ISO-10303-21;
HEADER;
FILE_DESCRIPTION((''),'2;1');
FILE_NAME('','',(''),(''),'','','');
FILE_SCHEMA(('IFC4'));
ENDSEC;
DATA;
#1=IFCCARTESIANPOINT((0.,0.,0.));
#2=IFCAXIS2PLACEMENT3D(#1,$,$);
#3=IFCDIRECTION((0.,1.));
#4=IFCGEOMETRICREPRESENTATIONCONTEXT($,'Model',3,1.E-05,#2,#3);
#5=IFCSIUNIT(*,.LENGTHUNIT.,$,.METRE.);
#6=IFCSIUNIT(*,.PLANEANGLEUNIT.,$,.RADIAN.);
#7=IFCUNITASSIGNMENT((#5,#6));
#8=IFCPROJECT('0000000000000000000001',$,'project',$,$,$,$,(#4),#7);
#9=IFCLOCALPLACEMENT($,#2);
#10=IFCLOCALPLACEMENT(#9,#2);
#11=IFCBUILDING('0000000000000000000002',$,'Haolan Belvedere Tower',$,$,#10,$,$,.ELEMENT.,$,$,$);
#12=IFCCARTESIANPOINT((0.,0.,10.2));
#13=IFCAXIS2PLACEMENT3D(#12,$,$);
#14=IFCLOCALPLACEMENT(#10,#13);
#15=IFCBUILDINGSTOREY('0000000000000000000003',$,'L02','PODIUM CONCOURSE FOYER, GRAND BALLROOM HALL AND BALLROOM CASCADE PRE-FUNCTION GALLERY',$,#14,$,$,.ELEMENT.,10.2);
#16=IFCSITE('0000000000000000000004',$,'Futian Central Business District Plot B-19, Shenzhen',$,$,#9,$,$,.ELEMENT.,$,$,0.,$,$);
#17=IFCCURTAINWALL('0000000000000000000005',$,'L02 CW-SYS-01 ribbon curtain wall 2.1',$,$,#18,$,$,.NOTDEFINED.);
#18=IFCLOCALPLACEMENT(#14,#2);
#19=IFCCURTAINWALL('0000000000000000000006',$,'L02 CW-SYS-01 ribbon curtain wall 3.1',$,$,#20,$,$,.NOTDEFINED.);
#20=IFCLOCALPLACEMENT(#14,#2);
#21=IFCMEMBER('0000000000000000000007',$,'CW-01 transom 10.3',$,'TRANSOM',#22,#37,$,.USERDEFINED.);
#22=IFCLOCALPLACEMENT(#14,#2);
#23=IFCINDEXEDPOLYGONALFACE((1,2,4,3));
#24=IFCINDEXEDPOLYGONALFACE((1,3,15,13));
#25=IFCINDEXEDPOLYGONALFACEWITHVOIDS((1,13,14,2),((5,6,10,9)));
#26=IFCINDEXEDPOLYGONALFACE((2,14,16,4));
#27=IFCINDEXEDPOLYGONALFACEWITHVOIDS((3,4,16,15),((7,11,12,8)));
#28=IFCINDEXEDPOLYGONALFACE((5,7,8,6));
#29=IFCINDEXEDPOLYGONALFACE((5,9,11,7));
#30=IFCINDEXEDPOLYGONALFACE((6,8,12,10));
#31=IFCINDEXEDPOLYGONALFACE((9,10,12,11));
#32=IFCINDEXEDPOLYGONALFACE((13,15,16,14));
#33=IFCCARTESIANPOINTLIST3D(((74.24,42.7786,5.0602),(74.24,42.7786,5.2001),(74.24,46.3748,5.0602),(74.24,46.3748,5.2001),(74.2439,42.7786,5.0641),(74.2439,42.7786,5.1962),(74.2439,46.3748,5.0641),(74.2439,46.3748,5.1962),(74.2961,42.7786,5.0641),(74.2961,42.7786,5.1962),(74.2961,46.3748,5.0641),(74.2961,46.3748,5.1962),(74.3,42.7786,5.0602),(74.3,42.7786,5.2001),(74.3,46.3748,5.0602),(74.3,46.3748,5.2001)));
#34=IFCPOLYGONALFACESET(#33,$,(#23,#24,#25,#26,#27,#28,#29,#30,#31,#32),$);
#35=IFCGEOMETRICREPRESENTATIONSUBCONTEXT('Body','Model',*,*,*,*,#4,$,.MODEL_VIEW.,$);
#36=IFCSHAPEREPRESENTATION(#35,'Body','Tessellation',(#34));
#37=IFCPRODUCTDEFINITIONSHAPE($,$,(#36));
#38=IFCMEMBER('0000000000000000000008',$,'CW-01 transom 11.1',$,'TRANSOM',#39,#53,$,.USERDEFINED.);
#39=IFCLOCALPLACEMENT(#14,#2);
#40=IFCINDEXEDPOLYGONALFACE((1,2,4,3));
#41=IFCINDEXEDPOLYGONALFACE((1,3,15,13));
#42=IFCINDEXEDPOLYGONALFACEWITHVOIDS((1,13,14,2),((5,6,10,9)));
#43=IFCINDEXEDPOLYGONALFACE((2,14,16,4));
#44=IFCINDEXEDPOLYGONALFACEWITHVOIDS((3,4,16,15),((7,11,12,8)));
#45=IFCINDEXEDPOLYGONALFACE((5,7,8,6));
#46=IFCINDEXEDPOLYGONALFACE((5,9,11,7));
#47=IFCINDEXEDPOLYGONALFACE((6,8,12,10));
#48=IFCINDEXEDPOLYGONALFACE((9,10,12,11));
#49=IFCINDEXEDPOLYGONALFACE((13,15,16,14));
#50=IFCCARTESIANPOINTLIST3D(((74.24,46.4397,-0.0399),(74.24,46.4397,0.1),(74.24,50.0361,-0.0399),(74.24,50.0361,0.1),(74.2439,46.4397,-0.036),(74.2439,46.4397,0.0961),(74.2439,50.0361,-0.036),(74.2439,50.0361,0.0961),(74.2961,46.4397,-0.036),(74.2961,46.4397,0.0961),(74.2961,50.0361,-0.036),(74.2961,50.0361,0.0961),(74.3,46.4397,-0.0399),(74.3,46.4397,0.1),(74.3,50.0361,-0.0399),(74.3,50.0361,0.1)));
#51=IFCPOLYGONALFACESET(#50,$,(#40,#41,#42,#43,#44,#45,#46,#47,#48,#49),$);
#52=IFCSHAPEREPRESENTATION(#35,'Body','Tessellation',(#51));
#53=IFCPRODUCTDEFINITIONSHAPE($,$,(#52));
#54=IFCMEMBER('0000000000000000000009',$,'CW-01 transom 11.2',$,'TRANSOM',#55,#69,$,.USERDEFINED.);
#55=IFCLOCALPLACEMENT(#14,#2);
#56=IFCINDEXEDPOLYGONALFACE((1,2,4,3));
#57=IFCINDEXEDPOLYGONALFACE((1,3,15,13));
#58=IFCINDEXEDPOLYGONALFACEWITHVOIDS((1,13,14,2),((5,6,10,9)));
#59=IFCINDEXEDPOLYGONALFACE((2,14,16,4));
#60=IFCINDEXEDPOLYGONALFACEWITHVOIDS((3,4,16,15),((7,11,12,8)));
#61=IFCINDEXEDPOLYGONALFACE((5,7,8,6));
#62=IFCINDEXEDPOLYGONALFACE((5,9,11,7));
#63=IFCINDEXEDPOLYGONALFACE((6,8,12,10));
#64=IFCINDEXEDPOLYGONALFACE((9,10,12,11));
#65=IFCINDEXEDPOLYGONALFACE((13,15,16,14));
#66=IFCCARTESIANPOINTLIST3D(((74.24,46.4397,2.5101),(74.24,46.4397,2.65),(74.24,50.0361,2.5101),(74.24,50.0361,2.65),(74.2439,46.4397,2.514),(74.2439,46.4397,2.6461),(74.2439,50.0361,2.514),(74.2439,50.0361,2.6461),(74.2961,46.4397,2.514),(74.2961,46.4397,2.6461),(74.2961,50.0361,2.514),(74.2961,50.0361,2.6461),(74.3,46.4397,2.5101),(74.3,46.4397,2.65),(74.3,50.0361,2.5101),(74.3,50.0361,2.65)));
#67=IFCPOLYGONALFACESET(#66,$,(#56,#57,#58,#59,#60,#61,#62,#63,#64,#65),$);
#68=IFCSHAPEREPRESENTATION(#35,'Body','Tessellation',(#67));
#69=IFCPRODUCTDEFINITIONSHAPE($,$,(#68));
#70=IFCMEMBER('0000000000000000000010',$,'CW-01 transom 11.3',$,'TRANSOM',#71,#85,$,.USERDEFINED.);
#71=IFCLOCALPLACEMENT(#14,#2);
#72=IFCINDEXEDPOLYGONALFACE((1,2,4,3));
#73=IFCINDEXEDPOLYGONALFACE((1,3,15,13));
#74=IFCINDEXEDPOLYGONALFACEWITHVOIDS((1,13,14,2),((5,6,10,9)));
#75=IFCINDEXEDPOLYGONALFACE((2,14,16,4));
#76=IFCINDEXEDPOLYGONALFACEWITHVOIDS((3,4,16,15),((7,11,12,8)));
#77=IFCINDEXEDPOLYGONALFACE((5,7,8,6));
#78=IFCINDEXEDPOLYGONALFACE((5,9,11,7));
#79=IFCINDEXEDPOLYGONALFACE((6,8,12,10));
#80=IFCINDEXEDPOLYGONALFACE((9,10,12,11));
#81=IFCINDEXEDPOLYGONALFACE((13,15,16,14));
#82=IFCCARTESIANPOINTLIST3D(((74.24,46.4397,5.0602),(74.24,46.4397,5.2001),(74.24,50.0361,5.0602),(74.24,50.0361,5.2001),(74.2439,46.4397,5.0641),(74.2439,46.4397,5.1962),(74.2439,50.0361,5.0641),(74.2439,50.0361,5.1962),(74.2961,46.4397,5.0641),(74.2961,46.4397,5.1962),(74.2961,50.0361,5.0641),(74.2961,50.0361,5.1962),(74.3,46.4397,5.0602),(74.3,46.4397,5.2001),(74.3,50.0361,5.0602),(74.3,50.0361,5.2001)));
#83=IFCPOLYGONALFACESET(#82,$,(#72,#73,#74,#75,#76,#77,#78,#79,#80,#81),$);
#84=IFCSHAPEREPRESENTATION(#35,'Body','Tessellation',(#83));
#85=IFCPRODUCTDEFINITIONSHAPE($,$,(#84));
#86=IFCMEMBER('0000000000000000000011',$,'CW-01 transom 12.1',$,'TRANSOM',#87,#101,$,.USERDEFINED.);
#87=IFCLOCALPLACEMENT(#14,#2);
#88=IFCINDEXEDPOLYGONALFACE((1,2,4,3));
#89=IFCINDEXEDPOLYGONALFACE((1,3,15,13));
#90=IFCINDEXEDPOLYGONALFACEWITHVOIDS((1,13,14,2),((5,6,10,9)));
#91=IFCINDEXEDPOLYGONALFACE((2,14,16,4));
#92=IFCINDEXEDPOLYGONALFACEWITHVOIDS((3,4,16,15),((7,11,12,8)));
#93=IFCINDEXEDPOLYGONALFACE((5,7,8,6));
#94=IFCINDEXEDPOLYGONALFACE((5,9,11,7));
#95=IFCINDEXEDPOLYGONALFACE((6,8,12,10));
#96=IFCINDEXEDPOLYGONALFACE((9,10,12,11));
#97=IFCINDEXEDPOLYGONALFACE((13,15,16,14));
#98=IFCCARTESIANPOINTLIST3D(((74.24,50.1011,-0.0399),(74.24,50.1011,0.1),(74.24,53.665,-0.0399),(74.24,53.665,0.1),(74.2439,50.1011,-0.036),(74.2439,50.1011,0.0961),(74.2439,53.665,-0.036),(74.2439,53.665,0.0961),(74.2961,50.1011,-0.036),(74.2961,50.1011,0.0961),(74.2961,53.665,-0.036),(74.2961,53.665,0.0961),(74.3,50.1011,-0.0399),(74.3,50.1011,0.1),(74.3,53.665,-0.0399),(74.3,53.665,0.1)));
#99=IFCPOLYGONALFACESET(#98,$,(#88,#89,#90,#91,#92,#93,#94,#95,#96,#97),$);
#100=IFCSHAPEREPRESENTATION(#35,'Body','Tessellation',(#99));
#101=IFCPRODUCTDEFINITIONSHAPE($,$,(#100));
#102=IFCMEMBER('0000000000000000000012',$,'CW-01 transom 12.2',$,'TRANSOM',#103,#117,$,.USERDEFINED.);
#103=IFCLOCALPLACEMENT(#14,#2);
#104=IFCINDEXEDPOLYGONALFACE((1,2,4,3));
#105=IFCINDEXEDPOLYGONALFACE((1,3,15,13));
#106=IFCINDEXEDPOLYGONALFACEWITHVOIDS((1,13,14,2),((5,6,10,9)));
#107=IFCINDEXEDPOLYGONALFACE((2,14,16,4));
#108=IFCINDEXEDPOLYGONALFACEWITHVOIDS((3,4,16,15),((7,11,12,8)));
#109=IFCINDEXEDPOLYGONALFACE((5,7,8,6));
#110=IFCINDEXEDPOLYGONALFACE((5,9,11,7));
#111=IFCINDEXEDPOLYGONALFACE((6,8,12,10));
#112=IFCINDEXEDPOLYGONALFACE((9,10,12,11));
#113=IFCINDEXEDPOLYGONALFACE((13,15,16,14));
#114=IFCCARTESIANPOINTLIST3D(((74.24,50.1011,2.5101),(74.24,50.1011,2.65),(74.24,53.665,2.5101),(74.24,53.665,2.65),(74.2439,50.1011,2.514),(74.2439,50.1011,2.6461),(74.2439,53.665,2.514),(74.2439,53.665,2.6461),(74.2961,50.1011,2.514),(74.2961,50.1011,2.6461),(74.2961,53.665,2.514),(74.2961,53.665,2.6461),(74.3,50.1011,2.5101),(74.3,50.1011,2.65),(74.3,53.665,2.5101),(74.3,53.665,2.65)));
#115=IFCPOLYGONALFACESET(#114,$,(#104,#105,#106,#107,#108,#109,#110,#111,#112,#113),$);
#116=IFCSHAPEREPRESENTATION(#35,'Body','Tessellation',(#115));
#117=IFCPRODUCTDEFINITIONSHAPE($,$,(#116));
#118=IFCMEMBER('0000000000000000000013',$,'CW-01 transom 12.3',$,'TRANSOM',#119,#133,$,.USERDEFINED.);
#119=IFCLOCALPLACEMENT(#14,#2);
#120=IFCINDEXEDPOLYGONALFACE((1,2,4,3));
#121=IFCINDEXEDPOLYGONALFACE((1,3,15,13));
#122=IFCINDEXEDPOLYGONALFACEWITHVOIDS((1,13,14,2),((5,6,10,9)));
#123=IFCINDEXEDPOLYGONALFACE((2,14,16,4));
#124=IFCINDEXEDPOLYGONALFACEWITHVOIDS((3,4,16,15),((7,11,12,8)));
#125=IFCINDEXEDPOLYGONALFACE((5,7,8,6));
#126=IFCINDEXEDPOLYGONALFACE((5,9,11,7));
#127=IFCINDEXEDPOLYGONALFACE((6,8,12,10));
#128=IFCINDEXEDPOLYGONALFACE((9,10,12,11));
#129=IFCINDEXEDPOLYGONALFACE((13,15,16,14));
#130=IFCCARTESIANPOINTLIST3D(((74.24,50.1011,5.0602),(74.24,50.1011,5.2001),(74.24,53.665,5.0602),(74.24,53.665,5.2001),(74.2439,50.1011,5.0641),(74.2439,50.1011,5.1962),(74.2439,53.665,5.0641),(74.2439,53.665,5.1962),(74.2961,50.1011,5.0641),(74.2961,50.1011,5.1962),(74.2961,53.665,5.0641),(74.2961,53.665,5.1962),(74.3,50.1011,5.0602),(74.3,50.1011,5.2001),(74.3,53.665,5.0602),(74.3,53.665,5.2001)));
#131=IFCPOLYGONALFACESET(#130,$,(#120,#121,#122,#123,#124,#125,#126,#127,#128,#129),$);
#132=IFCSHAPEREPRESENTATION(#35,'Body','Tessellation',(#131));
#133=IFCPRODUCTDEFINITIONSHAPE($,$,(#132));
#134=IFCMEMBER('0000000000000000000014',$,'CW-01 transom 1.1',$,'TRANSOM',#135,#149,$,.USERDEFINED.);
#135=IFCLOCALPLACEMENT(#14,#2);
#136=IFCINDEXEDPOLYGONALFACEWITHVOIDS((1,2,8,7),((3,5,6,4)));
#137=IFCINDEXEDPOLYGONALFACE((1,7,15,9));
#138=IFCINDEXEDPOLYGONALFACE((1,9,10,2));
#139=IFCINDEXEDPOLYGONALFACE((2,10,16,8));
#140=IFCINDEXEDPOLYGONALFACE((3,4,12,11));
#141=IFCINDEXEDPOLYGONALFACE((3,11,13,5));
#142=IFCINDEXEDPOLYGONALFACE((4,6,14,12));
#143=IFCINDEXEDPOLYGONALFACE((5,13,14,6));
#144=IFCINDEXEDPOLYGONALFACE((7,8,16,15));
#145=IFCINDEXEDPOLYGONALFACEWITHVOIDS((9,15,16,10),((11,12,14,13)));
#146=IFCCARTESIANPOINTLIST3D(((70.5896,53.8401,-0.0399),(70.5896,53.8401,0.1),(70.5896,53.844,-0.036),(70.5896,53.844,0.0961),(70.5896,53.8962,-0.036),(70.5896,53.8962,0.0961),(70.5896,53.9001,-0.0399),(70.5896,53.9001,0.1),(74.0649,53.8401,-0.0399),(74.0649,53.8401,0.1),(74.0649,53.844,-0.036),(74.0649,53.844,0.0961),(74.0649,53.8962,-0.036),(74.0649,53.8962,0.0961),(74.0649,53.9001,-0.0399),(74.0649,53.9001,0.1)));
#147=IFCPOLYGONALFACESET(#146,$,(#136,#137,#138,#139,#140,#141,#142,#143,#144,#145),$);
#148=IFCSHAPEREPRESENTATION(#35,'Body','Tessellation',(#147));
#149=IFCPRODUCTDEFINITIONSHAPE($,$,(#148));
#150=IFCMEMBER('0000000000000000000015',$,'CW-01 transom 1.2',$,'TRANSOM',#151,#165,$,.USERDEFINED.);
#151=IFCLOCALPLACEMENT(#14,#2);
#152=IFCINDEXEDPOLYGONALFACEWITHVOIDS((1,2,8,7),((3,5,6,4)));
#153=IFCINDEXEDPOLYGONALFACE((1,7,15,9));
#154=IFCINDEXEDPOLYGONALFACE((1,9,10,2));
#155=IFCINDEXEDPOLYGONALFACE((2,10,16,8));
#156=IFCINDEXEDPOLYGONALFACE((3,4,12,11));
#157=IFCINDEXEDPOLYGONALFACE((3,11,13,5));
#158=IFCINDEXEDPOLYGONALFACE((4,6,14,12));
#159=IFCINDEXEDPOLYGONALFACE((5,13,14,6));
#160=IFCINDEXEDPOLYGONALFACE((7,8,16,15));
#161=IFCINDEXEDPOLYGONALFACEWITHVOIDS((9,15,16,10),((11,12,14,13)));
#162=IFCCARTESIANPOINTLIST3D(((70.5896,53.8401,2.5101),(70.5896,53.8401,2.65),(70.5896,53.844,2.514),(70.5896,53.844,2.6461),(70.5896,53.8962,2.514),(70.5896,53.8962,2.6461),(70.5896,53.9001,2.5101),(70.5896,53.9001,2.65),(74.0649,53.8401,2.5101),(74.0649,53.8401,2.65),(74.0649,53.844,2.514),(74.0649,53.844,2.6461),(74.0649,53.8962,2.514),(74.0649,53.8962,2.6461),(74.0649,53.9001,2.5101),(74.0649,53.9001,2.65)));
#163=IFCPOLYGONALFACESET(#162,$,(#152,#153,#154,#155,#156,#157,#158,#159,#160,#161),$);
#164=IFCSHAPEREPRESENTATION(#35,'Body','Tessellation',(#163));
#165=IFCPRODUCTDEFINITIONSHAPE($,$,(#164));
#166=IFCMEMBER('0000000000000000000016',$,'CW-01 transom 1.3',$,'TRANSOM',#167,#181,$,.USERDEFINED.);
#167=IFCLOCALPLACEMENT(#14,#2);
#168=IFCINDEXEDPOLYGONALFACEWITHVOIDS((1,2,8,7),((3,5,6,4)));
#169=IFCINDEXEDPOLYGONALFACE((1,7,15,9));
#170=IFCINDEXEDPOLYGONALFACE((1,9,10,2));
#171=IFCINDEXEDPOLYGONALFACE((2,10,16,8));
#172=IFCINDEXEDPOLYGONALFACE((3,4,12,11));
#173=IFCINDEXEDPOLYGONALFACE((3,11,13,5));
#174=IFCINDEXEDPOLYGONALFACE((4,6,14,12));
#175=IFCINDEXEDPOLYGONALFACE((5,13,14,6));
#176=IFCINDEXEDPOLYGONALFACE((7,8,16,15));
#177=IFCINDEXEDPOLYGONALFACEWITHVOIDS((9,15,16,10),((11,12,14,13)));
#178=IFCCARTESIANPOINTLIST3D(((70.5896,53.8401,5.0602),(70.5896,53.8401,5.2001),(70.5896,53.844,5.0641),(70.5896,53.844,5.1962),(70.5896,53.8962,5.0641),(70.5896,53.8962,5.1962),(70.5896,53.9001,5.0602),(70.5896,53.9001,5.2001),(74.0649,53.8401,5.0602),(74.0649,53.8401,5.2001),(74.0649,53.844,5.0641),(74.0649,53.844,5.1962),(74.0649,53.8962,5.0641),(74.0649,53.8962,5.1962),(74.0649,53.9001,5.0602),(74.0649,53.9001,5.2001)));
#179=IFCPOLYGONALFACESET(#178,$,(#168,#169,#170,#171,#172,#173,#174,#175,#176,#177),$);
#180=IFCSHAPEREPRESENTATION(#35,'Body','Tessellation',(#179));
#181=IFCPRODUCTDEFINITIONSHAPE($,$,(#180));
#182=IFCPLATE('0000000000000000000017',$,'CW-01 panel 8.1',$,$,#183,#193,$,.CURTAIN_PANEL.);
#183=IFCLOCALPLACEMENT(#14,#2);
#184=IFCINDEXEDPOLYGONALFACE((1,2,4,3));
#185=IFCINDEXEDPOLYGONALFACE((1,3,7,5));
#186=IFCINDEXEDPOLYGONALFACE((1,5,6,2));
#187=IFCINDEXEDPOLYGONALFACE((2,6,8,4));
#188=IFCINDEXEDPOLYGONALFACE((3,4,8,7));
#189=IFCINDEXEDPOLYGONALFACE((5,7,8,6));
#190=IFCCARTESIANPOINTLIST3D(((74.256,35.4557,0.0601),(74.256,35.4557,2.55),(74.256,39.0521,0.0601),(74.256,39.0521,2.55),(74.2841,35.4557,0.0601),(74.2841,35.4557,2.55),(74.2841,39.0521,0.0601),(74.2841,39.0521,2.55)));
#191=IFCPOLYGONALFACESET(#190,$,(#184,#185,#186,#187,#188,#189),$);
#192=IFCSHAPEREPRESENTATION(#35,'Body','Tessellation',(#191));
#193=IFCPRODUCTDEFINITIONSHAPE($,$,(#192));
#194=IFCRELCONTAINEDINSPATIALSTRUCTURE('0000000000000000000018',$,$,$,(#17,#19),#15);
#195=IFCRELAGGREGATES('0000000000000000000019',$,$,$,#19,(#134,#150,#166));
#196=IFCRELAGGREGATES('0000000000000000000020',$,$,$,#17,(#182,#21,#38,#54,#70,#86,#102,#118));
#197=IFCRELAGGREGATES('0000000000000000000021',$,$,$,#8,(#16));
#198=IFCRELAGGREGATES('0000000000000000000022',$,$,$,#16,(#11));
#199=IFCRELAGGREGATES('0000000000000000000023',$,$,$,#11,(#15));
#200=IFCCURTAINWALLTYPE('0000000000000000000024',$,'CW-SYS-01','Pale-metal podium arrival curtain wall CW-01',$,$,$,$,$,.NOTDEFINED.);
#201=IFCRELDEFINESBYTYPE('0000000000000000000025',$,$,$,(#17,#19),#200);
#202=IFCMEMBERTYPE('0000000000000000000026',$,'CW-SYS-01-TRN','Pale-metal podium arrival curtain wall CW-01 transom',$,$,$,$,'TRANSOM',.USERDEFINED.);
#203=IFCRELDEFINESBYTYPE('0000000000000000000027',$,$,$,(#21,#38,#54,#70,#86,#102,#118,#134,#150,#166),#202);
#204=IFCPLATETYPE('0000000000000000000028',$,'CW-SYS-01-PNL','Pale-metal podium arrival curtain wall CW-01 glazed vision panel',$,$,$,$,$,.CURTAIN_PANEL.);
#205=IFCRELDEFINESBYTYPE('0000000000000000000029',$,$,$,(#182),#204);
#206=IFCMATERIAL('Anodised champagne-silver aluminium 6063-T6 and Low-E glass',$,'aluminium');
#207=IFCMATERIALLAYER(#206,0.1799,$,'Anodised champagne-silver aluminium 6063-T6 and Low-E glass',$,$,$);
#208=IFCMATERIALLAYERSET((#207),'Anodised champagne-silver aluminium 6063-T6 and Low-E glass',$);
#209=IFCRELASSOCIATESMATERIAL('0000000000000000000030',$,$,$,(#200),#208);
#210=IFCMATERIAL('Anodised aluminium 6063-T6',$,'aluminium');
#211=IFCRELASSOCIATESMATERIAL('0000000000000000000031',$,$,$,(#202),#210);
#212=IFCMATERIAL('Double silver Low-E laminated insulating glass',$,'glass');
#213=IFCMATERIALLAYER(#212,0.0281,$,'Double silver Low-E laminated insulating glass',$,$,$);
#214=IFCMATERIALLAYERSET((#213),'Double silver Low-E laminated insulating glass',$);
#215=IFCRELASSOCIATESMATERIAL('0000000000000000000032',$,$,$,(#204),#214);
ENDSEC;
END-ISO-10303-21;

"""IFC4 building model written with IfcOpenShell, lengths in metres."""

from ifc_helpers import new_model, si_unit, direction, frame, origin, origin_2d, place, context, subcontext, project, spatial, rectangle, hollow_rectangle, extrude, material, layer, layer_set, material_profile, profile_set, type_object, element, aggregate, save


model = new_model("IFC4")

# Units and contexts
model_context = context("Model", 3, precision=1e-05, world=origin(), true_north=direction((0.0, 1.0)))
body_context = subcontext(model_context, "Body", "Model", "MODEL_VIEW")
ifc_project = project(units=[si_unit("LENGTHUNIT", "METRE"), si_unit("PLANEANGLEUNIT", "RADIAN")], contexts=[model_context])

# Site, building, storey
site_placement = place(None, origin())
site = spatial("IfcSite", under=ifc_project, at=site_placement, Name="Futian Central Business District Plot B-19, Shenzhen", CompositionType="ELEMENT", RefElevation=0.0)
building_placement = place(site_placement, origin())
building = spatial("IfcBuilding", under=site, at=building_placement, Name="Haolan Belvedere Tower", CompositionType="ELEMENT")
storey_placement = place(building_placement, frame((0.0, 0.0, 10.2)))
storey = spatial("IfcBuildingStorey", under=building, at=storey_placement, Name="L02", Description="PODIUM CONCOURSE FOYER, GRAND BALLROOM HALL AND BALLROOM CASCADE PRE-FUNCTION GALLERY", CompositionType="ELEMENT", Elevation=10.2)

# Curtain wall
ifc_material_1 = material(Name="Anodised champagne-silver aluminium 6063-T6 and Low-E glass", Category="aluminium")
ifc_layer_1 = layer(ifc_material_1, 0.1799, Name="Anodised champagne-silver aluminium 6063-T6 and Low-E glass")
ifc_layer_set_1 = layer_set([ifc_layer_1], Name="Anodised champagne-silver aluminium 6063-T6 and Low-E glass")
curtain_wall_type = type_object("IfcCurtainWallType", Name="CW-SYS-01", Description="Pale-metal podium arrival curtain wall CW-01", PredefinedType="NOTDEFINED", material=ifc_layer_set_1)
curtain_wall_1_placement = place(storey_placement, origin())
curtain_wall_1 = element("IfcCurtainWall", 1, at=curtain_wall_1_placement, inside=storey, type_object=curtain_wall_type, Name="L02 CW-SYS-01 ribbon curtain wall 2.1", PredefinedType="NOTDEFINED")
ifc_material_2 = material(Name="Anodised aluminium 6063-T6", Category="aluminium")

# Curtain wall
curtain_wall_2_placement = place(storey_placement, origin())
curtain_wall_2 = element("IfcCurtainWall", 2, at=curtain_wall_2_placement, inside=storey, type_object=curtain_wall_type, Name="L02 CW-SYS-01 ribbon curtain wall 3.1", PredefinedType="NOTDEFINED")

# Members
ifc_material_profile_1 = material_profile(ifc_material_2, hollow_rectangle(XDim=0.0601, YDim=0.1399, WallThickness=0.0039, at=origin_2d()), Name="Anodised aluminium 6063-T6")
ifc_profile_set_1 = profile_set([ifc_material_profile_1], Name="Anodised aluminium 6063-T6")
member_type_1 = type_object("IfcMemberType", Name="CW-SYS-01-TRN", Description="Pale-metal podium arrival curtain wall CW-01 transom", ElementType="TRANSOM", PredefinedType="USERDEFINED", material=ifc_profile_set_1)
member_1_placement = place(storey_placement, frame((74.27, 42.7786, 5.1301), z_axis=(0.0, 1.0, 0.0), x_axis=(-1.0, 0.0, 0.0)))
member_1 = element("IfcMember", 3, at=member_1_placement, type_object=member_type_1, Name="CW-01 transom 10.3", ObjectType="TRANSOM", PredefinedType="USERDEFINED", context=body_context, shape_type="SweptSolid", body=[
    extrude(hollow_rectangle(XDim=0.0601, YDim=0.1399, WallThickness=0.0039, at=origin_2d()), origin(), (0.0, 0.0, 1.0), 3.5962),
])
member_2_placement = place(storey_placement, frame((74.27, 46.4397, 0.03), z_axis=(0.0, 1.0, 0.0), x_axis=(-1.0, 0.0, 0.0)))
member_2 = element("IfcMember", 4, at=member_2_placement, type_object=member_type_1, Name="CW-01 transom 11.1", ObjectType="TRANSOM", PredefinedType="USERDEFINED", context=body_context, shape_type="SweptSolid", body=[
    extrude(hollow_rectangle(XDim=0.0601, YDim=0.1399, WallThickness=0.0039, at=origin_2d()), origin(), (0.0, 0.0, 1.0), 3.5964),
])
member_3_placement = place(storey_placement, frame((74.27, 46.4397, 2.5801), z_axis=(0.0, 1.0, 0.0), x_axis=(-1.0, 0.0, 0.0)))
member_3 = element("IfcMember", 5, at=member_3_placement, type_object=member_type_1, Name="CW-01 transom 11.2", ObjectType="TRANSOM", PredefinedType="USERDEFINED", context=body_context, shape_type="SweptSolid", body=[
    extrude(hollow_rectangle(XDim=0.0601, YDim=0.1399, WallThickness=0.0039, at=origin_2d()), origin(), (0.0, 0.0, 1.0), 3.5964),
])
member_4_placement = place(storey_placement, frame((74.27, 46.4397, 5.1301), z_axis=(0.0, 1.0, 0.0), x_axis=(-1.0, 0.0, 0.0)))
member_4 = element("IfcMember", 6, at=member_4_placement, type_object=member_type_1, Name="CW-01 transom 11.3", ObjectType="TRANSOM", PredefinedType="USERDEFINED", context=body_context, shape_type="SweptSolid", body=[
    extrude(hollow_rectangle(XDim=0.0601, YDim=0.1399, WallThickness=0.0039, at=origin_2d()), origin(), (0.0, 0.0, 1.0), 3.5964),
])
member_5_placement = place(storey_placement, frame((74.27, 50.1011, 0.03), z_axis=(0.0, 1.0, 0.0), x_axis=(-1.0, 0.0, 0.0)))
member_5 = element("IfcMember", 7, at=member_5_placement, type_object=member_type_1, Name="CW-01 transom 12.1", ObjectType="TRANSOM", PredefinedType="USERDEFINED", context=body_context, shape_type="SweptSolid", body=[
    extrude(hollow_rectangle(XDim=0.0601, YDim=0.1399, WallThickness=0.0039, at=origin_2d()), origin(), (0.0, 0.0, 1.0), 3.564),
])
member_6_placement = place(storey_placement, frame((74.27, 50.1011, 2.5801), z_axis=(0.0, 1.0, 0.0), x_axis=(-1.0, 0.0, 0.0)))
member_6 = element("IfcMember", 8, at=member_6_placement, type_object=member_type_1, Name="CW-01 transom 12.2", ObjectType="TRANSOM", PredefinedType="USERDEFINED", context=body_context, shape_type="SweptSolid", body=[
    extrude(hollow_rectangle(XDim=0.0601, YDim=0.1399, WallThickness=0.0039, at=origin_2d()), origin(), (0.0, 0.0, 1.0), 3.564),
])
member_7_placement = place(storey_placement, frame((74.27, 50.1011, 5.1301), z_axis=(0.0, 1.0, 0.0), x_axis=(-1.0, 0.0, 0.0)))
member_7 = element("IfcMember", 9, at=member_7_placement, type_object=member_type_1, Name="CW-01 transom 12.3", ObjectType="TRANSOM", PredefinedType="USERDEFINED", context=body_context, shape_type="SweptSolid", body=[
    extrude(hollow_rectangle(XDim=0.0601, YDim=0.1399, WallThickness=0.0039, at=origin_2d()), origin(), (0.0, 0.0, 1.0), 3.564),
])
member_8_placement = place(storey_placement, frame((74.0649, 53.8701, 0.03), z_axis=(-1.0, 0.0, 0.0), x_axis=(0.0, -1.0, 0.0)))
member_8 = element("IfcMember", 10, at=member_8_placement, type_object=member_type_1, Name="CW-01 transom 1.1", ObjectType="TRANSOM", PredefinedType="USERDEFINED", context=body_context, shape_type="SweptSolid", body=[
    extrude(hollow_rectangle(XDim=0.0601, YDim=0.1399, WallThickness=0.0039, at=origin_2d()), origin(), (0.0, 0.0, 1.0), 3.4753),
])
member_9_placement = place(storey_placement, frame((74.0649, 53.8701, 2.5801), z_axis=(-1.0, 0.0, 0.0), x_axis=(0.0, -1.0, 0.0)))
member_9 = element("IfcMember", 11, at=member_9_placement, type_object=member_type_1, Name="CW-01 transom 1.2", ObjectType="TRANSOM", PredefinedType="USERDEFINED", context=body_context, shape_type="SweptSolid", body=[
    extrude(hollow_rectangle(XDim=0.0601, YDim=0.1399, WallThickness=0.0039, at=origin_2d()), origin(), (0.0, 0.0, 1.0), 3.4753),
])
member_10_placement = place(storey_placement, frame((74.0649, 53.8701, 5.1301), z_axis=(-1.0, 0.0, 0.0), x_axis=(0.0, -1.0, 0.0)))
member_10 = element("IfcMember", 12, at=member_10_placement, type_object=member_type_1, Name="CW-01 transom 1.3", ObjectType="TRANSOM", PredefinedType="USERDEFINED", context=body_context, shape_type="SweptSolid", body=[
    extrude(hollow_rectangle(XDim=0.0601, YDim=0.1399, WallThickness=0.0039, at=origin_2d()), origin(), (0.0, 0.0, 1.0), 3.4753),
])
aggregate(curtain_wall_2, [member_8, member_9, member_10])

# Plate
ifc_material_3 = material(Name="Double silver Low-E laminated insulating glass", Category="glass")
ifc_layer_2 = layer(ifc_material_3, 0.0281, Name="Double silver Low-E laminated insulating glass")
ifc_layer_set_2 = layer_set([ifc_layer_2], Name="Double silver Low-E laminated insulating glass")
plate_type = type_object("IfcPlateType", Name="CW-SYS-01-PNL", Description="Pale-metal podium arrival curtain wall CW-01 glazed vision panel", PredefinedType="CURTAIN_PANEL", material=ifc_layer_set_2)
plate_1_placement = place(storey_placement, frame((74.27, 37.2539, 0.0601), z_axis=(0.0, 0.0, 1.0), x_axis=(0.0, 1.0, 0.0)))
plate_1 = element("IfcPlate", 13, at=plate_1_placement, type_object=plate_type, Name="CW-01 panel 8.1", PredefinedType="CURTAIN_PANEL", context=body_context, shape_type="SweptSolid", body=[
    extrude(rectangle(XDim=3.5964, YDim=0.0281, at=origin_2d()), origin(), (0.0, 0.0, 1.0), 2.49),
])
aggregate(curtain_wall_1, [plate_1, member_1, member_2, member_3, member_4, member_5, member_6, member_7])

save(model, "model.ifc")
